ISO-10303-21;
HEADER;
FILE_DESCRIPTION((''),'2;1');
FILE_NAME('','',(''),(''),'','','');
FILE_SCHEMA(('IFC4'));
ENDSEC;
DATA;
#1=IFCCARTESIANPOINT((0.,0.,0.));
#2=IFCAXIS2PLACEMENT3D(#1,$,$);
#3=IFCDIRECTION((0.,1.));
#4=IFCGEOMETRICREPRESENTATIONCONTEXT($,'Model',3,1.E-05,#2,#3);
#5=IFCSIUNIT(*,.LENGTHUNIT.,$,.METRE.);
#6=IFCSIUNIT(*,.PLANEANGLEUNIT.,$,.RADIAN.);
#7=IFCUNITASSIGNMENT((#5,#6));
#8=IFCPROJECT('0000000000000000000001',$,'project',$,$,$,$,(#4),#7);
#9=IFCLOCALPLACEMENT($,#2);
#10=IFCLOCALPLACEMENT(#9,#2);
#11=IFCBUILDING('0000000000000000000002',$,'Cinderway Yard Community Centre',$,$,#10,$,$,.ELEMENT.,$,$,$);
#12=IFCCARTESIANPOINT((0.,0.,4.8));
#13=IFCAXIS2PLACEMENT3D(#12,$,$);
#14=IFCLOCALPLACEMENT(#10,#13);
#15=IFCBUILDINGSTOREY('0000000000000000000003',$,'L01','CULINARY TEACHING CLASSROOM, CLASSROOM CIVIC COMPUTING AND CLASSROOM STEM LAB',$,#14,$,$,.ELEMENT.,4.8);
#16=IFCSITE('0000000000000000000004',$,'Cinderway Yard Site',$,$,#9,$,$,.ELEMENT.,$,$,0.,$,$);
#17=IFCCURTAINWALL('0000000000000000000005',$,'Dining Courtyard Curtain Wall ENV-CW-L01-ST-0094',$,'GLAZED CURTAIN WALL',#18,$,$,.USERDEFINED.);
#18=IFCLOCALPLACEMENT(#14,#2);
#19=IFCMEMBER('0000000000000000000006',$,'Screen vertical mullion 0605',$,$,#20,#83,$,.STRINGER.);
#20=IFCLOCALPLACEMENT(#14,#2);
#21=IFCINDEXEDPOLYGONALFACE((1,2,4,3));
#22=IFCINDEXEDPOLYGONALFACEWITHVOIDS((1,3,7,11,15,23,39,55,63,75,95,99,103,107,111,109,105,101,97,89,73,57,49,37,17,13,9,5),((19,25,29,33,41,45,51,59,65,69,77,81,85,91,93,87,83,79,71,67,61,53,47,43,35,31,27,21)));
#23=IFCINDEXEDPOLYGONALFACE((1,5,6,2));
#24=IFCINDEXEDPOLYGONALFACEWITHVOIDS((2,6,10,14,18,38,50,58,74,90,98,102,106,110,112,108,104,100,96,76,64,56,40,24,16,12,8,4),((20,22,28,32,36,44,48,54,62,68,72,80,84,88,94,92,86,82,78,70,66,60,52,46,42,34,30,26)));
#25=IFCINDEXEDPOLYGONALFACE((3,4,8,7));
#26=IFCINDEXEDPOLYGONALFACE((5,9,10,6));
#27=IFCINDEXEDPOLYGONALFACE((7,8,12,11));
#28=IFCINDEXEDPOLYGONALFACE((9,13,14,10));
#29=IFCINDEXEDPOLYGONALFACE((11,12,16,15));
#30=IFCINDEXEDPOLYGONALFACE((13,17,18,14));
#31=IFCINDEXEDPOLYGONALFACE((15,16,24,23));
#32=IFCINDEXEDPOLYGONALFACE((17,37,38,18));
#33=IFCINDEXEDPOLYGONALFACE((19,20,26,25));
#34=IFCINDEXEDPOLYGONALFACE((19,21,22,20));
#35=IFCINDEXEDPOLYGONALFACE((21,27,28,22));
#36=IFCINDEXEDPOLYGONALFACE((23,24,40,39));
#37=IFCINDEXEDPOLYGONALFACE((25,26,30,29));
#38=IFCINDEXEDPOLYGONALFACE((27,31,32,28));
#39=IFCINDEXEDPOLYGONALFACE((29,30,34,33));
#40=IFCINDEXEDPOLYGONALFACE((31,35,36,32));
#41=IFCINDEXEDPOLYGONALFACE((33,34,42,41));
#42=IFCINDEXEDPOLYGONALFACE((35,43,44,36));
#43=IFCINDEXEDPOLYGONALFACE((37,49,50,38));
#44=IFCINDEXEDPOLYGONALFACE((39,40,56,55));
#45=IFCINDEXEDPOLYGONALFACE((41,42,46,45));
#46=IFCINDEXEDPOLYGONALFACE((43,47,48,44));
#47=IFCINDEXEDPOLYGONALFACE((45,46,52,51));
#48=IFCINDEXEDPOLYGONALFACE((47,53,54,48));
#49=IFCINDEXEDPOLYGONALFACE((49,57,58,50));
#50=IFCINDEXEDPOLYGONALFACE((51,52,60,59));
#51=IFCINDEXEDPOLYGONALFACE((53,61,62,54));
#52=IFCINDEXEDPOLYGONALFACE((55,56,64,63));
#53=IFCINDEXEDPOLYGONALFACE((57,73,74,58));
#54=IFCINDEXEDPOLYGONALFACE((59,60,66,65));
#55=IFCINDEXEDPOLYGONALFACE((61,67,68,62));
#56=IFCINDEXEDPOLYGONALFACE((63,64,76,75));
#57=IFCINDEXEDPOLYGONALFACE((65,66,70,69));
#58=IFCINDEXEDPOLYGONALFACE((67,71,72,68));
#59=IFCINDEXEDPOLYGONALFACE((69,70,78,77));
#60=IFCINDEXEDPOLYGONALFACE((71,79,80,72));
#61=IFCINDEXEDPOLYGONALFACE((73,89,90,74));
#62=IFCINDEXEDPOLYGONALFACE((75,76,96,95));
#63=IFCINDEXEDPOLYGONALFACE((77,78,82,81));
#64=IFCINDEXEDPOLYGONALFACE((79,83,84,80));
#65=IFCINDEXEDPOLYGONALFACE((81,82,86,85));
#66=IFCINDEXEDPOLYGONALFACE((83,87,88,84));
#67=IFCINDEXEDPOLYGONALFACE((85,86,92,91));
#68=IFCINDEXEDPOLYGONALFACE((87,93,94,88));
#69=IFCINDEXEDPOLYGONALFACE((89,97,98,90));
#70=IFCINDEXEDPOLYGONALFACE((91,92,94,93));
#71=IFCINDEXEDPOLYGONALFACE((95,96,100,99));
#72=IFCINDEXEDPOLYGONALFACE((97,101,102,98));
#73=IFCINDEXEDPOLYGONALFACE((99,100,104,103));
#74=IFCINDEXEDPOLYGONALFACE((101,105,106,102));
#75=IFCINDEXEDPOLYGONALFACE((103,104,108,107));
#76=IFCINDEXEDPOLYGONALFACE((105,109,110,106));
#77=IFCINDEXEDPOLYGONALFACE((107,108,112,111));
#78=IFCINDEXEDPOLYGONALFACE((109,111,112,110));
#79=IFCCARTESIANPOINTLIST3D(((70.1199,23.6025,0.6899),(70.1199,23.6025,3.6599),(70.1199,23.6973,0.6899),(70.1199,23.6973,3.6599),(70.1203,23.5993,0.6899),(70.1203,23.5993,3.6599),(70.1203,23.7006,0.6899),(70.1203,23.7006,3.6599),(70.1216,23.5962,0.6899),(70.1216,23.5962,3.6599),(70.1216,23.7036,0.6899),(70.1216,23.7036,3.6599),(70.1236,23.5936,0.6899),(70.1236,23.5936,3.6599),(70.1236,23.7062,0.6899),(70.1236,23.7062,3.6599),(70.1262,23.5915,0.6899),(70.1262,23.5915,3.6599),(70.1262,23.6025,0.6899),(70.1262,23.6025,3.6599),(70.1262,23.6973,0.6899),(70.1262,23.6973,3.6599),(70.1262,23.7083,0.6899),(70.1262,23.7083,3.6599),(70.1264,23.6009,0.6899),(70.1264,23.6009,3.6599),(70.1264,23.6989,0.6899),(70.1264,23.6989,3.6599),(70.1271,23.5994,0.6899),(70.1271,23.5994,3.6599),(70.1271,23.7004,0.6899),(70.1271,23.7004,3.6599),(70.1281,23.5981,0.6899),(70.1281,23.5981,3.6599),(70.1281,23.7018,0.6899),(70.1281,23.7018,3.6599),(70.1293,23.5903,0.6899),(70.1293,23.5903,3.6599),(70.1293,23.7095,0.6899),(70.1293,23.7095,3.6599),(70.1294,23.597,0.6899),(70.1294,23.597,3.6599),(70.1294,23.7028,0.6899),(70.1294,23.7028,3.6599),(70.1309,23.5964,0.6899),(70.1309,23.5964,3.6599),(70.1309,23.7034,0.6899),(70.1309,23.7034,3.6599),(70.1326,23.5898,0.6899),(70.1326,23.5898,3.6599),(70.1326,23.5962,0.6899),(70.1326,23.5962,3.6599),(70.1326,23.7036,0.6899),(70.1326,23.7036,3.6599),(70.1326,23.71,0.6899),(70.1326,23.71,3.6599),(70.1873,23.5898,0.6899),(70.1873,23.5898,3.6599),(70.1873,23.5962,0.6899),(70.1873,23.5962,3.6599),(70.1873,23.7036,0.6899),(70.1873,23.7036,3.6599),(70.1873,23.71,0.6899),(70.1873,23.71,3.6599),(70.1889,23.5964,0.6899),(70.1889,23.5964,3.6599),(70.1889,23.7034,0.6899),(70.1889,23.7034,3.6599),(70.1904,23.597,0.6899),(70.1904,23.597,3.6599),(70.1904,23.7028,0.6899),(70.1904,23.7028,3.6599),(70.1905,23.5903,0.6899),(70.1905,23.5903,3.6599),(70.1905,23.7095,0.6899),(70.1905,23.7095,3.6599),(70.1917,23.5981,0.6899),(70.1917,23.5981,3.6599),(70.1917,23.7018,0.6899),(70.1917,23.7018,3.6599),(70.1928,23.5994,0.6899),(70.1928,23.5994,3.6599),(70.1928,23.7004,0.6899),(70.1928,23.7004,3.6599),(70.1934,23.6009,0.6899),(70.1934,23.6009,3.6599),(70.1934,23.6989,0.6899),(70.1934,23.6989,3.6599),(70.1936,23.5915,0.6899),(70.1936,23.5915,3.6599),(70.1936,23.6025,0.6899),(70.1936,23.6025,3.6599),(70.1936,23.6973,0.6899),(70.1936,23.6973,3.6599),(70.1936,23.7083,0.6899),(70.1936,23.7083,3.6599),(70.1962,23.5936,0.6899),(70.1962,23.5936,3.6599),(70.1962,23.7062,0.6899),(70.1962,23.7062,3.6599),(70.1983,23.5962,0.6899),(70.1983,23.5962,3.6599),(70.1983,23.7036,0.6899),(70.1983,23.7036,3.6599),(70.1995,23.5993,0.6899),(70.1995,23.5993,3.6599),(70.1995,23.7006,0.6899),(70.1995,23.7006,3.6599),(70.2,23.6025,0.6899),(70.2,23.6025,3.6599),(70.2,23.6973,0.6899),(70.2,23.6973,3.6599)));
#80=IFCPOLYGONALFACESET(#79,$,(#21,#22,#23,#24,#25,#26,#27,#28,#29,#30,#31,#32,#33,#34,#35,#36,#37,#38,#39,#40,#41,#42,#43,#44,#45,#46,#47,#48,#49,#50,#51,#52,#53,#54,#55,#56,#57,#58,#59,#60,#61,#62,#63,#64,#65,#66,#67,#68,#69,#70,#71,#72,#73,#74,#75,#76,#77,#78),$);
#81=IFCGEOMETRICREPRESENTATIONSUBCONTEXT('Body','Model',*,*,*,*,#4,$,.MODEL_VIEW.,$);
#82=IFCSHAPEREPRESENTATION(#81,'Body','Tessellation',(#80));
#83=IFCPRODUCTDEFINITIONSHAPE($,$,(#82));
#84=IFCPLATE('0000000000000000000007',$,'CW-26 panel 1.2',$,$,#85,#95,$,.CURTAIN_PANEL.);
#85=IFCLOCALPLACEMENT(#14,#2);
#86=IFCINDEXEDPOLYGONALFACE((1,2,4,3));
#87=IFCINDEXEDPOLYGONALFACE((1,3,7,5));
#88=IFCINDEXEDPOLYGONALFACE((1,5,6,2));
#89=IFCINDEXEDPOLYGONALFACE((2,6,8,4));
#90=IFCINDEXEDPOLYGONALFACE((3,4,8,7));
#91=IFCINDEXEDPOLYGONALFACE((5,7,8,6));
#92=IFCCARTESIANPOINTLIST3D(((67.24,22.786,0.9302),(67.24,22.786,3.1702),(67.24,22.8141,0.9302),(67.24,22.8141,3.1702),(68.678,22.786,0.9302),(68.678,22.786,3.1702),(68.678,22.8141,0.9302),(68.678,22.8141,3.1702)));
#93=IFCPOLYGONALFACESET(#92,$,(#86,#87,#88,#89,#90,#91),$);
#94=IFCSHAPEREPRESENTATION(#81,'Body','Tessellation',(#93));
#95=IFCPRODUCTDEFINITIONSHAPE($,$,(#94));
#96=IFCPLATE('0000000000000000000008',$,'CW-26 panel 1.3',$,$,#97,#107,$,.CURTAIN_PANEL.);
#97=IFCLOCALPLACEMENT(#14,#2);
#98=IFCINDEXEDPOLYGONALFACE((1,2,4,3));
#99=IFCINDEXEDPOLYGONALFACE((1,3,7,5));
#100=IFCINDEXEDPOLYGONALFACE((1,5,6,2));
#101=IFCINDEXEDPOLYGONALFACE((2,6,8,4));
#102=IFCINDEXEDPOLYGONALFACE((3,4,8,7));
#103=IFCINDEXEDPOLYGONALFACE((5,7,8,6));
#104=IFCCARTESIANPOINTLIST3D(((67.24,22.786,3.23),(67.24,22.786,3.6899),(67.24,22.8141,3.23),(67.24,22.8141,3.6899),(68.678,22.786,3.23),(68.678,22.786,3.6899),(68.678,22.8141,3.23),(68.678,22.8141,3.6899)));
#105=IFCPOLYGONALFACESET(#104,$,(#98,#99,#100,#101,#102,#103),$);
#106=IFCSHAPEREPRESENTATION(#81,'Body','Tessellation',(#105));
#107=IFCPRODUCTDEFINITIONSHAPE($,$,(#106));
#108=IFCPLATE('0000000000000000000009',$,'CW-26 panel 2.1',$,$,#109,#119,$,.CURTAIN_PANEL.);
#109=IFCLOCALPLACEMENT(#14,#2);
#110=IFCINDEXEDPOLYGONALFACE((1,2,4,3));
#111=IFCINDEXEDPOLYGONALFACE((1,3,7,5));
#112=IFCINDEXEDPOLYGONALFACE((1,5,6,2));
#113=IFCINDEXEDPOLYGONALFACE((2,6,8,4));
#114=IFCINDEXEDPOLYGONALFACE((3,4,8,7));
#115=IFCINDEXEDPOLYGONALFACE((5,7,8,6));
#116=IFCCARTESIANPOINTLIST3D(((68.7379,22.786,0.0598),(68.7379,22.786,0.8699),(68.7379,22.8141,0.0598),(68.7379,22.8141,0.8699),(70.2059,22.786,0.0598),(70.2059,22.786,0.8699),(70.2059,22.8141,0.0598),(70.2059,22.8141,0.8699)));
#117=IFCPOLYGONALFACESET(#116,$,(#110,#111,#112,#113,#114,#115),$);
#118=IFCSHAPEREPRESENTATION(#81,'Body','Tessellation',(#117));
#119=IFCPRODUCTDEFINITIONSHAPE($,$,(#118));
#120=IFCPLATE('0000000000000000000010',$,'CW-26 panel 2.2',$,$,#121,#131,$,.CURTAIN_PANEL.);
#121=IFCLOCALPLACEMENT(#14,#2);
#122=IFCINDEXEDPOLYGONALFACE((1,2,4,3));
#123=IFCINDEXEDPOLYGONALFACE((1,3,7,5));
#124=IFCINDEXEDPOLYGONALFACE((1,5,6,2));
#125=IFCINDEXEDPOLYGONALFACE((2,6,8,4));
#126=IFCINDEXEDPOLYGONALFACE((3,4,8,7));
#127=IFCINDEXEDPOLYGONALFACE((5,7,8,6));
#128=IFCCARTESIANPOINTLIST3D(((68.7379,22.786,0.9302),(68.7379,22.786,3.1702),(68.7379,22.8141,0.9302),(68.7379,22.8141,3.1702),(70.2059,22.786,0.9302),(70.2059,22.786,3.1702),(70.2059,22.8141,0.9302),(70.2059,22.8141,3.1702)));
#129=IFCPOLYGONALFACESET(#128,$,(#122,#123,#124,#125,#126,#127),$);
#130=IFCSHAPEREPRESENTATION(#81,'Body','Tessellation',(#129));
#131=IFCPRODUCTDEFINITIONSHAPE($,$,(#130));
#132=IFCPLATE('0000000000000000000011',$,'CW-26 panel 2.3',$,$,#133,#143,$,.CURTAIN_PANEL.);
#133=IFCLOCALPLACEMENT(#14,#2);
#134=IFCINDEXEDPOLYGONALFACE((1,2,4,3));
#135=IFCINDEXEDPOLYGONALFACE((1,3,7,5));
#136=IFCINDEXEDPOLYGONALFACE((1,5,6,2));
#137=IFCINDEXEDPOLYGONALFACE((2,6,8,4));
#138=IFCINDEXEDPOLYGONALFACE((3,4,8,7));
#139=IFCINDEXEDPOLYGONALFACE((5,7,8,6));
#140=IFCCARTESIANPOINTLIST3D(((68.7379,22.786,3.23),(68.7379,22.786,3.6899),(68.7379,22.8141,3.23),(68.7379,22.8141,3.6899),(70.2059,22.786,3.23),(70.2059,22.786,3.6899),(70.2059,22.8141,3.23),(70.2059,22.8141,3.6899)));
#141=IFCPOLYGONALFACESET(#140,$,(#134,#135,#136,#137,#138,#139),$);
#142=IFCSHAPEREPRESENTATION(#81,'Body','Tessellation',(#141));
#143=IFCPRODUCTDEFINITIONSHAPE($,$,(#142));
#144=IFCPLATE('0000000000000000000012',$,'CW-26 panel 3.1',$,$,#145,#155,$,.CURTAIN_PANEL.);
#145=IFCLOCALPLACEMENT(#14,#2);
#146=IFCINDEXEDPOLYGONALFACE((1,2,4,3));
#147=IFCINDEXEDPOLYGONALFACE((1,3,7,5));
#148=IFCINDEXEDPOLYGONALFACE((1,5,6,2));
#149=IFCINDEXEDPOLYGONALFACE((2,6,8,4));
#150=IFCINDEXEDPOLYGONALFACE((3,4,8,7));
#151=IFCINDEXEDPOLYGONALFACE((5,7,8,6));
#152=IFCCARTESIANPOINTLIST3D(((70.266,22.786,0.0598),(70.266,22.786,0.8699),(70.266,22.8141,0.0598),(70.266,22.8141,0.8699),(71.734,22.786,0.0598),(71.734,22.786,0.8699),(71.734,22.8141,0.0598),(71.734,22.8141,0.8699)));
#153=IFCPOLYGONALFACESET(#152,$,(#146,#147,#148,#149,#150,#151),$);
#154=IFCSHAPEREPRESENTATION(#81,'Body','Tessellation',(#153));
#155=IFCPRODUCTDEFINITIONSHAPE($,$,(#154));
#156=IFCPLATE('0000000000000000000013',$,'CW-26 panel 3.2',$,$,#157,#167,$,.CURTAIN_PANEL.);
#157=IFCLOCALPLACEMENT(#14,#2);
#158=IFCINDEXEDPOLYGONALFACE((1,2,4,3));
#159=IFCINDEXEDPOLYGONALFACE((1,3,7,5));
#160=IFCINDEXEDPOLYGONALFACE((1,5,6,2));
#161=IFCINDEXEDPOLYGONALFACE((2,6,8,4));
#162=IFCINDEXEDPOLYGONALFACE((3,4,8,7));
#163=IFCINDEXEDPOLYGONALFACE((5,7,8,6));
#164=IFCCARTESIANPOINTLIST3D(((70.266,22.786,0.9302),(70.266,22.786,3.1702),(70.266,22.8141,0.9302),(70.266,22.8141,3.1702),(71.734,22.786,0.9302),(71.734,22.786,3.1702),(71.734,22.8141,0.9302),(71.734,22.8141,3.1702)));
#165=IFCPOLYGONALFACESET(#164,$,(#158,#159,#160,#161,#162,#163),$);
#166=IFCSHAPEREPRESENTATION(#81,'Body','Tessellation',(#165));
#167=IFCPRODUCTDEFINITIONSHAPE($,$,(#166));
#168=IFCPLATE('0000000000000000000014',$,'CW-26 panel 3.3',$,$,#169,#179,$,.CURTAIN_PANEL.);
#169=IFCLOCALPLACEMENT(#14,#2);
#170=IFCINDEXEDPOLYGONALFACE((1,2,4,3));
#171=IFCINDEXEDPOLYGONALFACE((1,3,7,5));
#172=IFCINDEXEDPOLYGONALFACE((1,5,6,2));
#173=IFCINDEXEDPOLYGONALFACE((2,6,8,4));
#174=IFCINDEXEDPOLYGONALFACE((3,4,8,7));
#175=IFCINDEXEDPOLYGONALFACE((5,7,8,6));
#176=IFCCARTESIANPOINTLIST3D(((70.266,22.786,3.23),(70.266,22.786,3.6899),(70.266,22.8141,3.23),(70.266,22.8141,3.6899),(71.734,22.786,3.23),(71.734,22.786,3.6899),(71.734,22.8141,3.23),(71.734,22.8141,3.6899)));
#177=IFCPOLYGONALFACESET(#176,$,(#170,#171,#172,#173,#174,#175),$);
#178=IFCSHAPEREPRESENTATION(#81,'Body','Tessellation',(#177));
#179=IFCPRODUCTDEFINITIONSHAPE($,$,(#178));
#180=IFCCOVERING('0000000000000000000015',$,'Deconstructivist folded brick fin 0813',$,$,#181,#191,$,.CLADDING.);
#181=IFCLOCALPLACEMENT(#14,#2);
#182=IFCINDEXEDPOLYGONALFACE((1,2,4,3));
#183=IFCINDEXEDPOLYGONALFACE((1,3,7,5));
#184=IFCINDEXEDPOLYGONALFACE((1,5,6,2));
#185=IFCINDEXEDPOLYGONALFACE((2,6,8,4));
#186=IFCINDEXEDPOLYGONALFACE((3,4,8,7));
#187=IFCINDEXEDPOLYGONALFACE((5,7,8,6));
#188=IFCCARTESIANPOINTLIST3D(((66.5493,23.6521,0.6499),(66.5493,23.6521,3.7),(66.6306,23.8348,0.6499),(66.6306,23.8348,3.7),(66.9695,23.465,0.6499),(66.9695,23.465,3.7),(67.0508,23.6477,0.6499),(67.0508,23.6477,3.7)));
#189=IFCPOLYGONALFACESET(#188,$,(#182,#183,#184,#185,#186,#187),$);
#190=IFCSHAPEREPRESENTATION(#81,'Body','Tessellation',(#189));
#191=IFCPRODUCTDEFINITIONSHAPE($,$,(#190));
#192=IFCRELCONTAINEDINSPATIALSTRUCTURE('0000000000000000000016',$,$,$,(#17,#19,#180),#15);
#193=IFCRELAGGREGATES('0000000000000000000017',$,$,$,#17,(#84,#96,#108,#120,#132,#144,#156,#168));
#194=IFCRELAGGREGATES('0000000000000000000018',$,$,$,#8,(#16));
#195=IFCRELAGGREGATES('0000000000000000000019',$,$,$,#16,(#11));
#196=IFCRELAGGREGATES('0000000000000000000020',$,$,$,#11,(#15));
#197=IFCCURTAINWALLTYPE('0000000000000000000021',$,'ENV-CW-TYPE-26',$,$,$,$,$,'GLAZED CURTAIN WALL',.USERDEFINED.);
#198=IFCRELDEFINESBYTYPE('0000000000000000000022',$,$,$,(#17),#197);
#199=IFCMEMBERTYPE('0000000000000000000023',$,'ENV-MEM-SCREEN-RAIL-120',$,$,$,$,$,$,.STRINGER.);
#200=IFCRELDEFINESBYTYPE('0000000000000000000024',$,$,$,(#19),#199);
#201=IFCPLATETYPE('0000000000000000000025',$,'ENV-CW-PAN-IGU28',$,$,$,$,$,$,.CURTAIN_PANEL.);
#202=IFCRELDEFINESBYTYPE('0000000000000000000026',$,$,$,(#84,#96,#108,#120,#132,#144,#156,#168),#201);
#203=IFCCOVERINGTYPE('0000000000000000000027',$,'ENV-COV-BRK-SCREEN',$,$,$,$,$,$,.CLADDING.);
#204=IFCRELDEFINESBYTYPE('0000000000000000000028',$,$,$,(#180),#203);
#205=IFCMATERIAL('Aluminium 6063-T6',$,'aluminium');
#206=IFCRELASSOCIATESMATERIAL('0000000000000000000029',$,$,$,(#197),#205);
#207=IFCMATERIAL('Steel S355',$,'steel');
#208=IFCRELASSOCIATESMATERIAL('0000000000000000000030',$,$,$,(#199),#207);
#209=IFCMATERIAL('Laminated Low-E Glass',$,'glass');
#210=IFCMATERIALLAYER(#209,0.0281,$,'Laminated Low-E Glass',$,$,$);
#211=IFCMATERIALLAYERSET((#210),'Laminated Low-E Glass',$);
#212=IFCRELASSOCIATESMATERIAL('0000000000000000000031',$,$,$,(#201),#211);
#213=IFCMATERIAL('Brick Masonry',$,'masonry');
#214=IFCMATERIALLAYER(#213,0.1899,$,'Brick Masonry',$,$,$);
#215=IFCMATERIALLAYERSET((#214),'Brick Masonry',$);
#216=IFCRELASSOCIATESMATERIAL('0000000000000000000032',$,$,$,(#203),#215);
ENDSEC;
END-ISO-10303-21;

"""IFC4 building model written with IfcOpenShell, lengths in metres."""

from ifc_helpers import new_model, si_unit, direction, frame, origin, origin_2d, place, context, subcontext, project, spatial, rectangle, hollow_rectangle, extrude, material, layer, layer_set, material_profile, profile_set, type_object, element, aggregate, save


model = new_model("IFC4")

# Units and contexts
model_context = context("Model", 3, precision=1e-05, world=origin(), true_north=direction((0.0, 1.0)))
body_context = subcontext(model_context, "Body", "Model", "MODEL_VIEW")
ifc_project = project(units=[si_unit("LENGTHUNIT", "METRE"), si_unit("PLANEANGLEUNIT", "RADIAN")], contexts=[model_context])

# Site, building, storey
site_placement = place(None, origin())
site = spatial("IfcSite", under=ifc_project, at=site_placement, Name="Cinderway Yard Site", CompositionType="ELEMENT", RefElevation=0.0)
building_placement = place(site_placement, origin())
building = spatial("IfcBuilding", under=site, at=building_placement, Name="Cinderway Yard Community Centre", CompositionType="ELEMENT")
storey_placement = place(building_placement, frame((0.0, 0.0, 4.8)))
storey = spatial("IfcBuildingStorey", under=building, at=storey_placement, Name="L01", Description="CULINARY TEACHING CLASSROOM, CLASSROOM CIVIC COMPUTING AND CLASSROOM STEM LAB", CompositionType="ELEMENT", Elevation=4.8)

# Curtain wall
ifc_material_1 = material(Name="Aluminium 6063-T6", Category="aluminium")
curtain_wall_type = type_object("IfcCurtainWallType", Name="ENV-CW-TYPE-26", ElementType="GLAZED CURTAIN WALL", PredefinedType="USERDEFINED", material=ifc_material_1)
curtain_wall_placement = place(storey_placement, origin())
curtain_wall = element("IfcCurtainWall", 1, at=curtain_wall_placement, inside=storey, type_object=curtain_wall_type, Name="Dining Courtyard Curtain Wall ENV-CW-L01-ST-0094", ObjectType="GLAZED CURTAIN WALL", PredefinedType="USERDEFINED")

# Member
ifc_material_2 = material(Name="Steel S355", Category="steel")
ifc_material_profile_1 = material_profile(ifc_material_2, hollow_rectangle(XDim=0.0801, YDim=0.1201, WallThickness=0.0063, InnerFilletRadius=0.0063, OuterFilletRadius=0.0127, at=origin_2d()), Name="Steel S355")
ifc_profile_set_1 = profile_set([ifc_material_profile_1], Name="Steel S355")
member_type_1 = type_object("IfcMemberType", Name="ENV-MEM-SCREEN-RAIL-120", PredefinedType="STRINGER", material=ifc_profile_set_1)
for number, where, z_axis, x_axis, name in (
    (2, (70.1599, 23.6499, 0.6899), (0.0, 0.0, 1.0), (1.0, 0.0, 0.0), "Screen vertical mullion 0605"),
):
    element("IfcMember", number, at=place(storey_placement, frame(where, z_axis=z_axis, x_axis=x_axis)), inside=storey, type_object=member_type_1, Name=name, PredefinedType="STRINGER", context=body_context, shape_type="SweptSolid", body=[
        extrude(hollow_rectangle(XDim=0.0801, YDim=0.1201, WallThickness=0.0063, InnerFilletRadius=0.0063, OuterFilletRadius=0.0127, at=origin_2d()), origin(), (0.0, 0.0, 1.0), 2.97),
    ])

# Plates
ifc_material_3 = material(Name="Laminated Low-E Glass", Category="glass")
ifc_layer_1 = layer(ifc_material_3, 0.0281, Name="Laminated Low-E Glass")
ifc_layer_set_1 = layer_set([ifc_layer_1], Name="Laminated Low-E Glass")
plate_type = type_object("IfcPlateType", Name="ENV-CW-PAN-IGU28", PredefinedType="CURTAIN_PANEL", material=ifc_layer_set_1)
plate_1_placement = place(storey_placement, frame((67.959, 22.8, 0.9302), z_axis=(0.0, 0.0, 1.0), x_axis=(1.0, 0.0, 0.0)))
plate_1 = element("IfcPlate", 3, at=plate_1_placement, type_object=plate_type, Name="CW-26 panel 1.2", PredefinedType="CURTAIN_PANEL", context=body_context, shape_type="SweptSolid", body=[
    extrude(rectangle(XDim=1.438, YDim=0.0281, at=origin_2d()), origin(), (0.0, 0.0, 1.0), 2.24),
])
plate_2_placement = place(storey_placement, frame((67.959, 22.8, 3.23), z_axis=(0.0, 0.0, 1.0), x_axis=(1.0, 0.0, 0.0)))
plate_2 = element("IfcPlate", 4, at=plate_2_placement, type_object=plate_type, Name="CW-26 panel 1.3", PredefinedType="CURTAIN_PANEL", context=body_context, shape_type="SweptSolid", body=[
    extrude(rectangle(XDim=1.438, YDim=0.0281, at=origin_2d()), origin(), (0.0, 0.0, 1.0), 0.46),
])
plate_3_placement = place(storey_placement, frame((69.4719, 22.8, 0.0598), z_axis=(0.0, 0.0, 1.0), x_axis=(1.0, 0.0, 0.0)))
plate_3 = element("IfcPlate", 5, at=plate_3_placement, type_object=plate_type, Name="CW-26 panel 2.1", PredefinedType="CURTAIN_PANEL", context=body_context, shape_type="SweptSolid", body=[
    extrude(rectangle(XDim=1.468, YDim=0.0281, at=origin_2d()), origin(), (0.0, 0.0, 1.0), 0.8101),
])
plate_4_placement = place(storey_placement, frame((69.4719, 22.8, 0.9302), z_axis=(0.0, 0.0, 1.0), x_axis=(1.0, 0.0, 0.0)))
plate_4 = element("IfcPlate", 6, at=plate_4_placement, type_object=plate_type, Name="CW-26 panel 2.2", PredefinedType="CURTAIN_PANEL", context=body_context, shape_type="SweptSolid", body=[
    extrude(rectangle(XDim=1.468, YDim=0.0281, at=origin_2d()), origin(), (0.0, 0.0, 1.0), 2.24),
])
plate_5_placement = place(storey_placement, frame((69.4719, 22.8, 3.23), z_axis=(0.0, 0.0, 1.0), x_axis=(1.0, 0.0, 0.0)))
plate_5 = element("IfcPlate", 7, at=plate_5_placement, type_object=plate_type, Name="CW-26 panel 2.3", PredefinedType="CURTAIN_PANEL", context=body_context, shape_type="SweptSolid", body=[
    extrude(rectangle(XDim=1.468, YDim=0.0281, at=origin_2d()), origin(), (0.0, 0.0, 1.0), 0.46),
])
plate_6_placement = place(storey_placement, frame((71.0, 22.8, 0.0598), z_axis=(0.0, 0.0, 1.0), x_axis=(1.0, 0.0, 0.0)))
plate_6 = element("IfcPlate", 8, at=plate_6_placement, type_object=plate_type, Name="CW-26 panel 3.1", PredefinedType="CURTAIN_PANEL", context=body_context, shape_type="SweptSolid", body=[
    extrude(rectangle(XDim=1.468, YDim=0.0281, at=origin_2d()), origin(), (0.0, 0.0, 1.0), 0.8101),
])
plate_7_placement = place(storey_placement, frame((71.0, 22.8, 0.9302), z_axis=(0.0, 0.0, 1.0), x_axis=(1.0, 0.0, 0.0)))
plate_7 = element("IfcPlate", 9, at=plate_7_placement, type_object=plate_type, Name="CW-26 panel 3.2", PredefinedType="CURTAIN_PANEL", context=body_context, shape_type="SweptSolid", body=[
    extrude(rectangle(XDim=1.468, YDim=0.0281, at=origin_2d()), origin(), (0.0, 0.0, 1.0), 2.24),
])
plate_8_placement = place(storey_placement, frame((71.0, 22.8, 3.23), z_axis=(0.0, 0.0, 1.0), x_axis=(1.0, 0.0, 0.0)))
plate_8 = element("IfcPlate", 10, at=plate_8_placement, type_object=plate_type, Name="CW-26 panel 3.3", PredefinedType="CURTAIN_PANEL", context=body_context, shape_type="SweptSolid", body=[
    extrude(rectangle(XDim=1.468, YDim=0.0281, at=origin_2d()), origin(), (0.0, 0.0, 1.0), 0.46),
])
aggregate(curtain_wall, [plate_1, plate_2, plate_3, plate_4, plate_5, plate_6, plate_7, plate_8])

# Covering
ifc_material_4 = material(Name="Brick Masonry", Category="masonry")
ifc_layer_2 = layer(ifc_material_4, 0.1899, Name="Brick Masonry")
ifc_layer_set_2 = layer_set([ifc_layer_2], Name="Brick Masonry")
covering_type = type_object("IfcCoveringType", Name="ENV-COV-BRK-SCREEN", PredefinedType="CLADDING", material=ifc_layer_set_2)
covering_placement = place(storey_placement, frame((66.8, 23.6499, 0.6499), z_axis=(0.0, 0.0, 1.0), x_axis=(0.913545, -0.406737, 0.0)))
element("IfcCovering", 11, at=covering_placement, inside=storey, type_object=covering_type, Name="Deconstructivist folded brick fin 0813", PredefinedType="CLADDING", context=body_context, shape_type="SweptSolid", body=[
    extrude(rectangle(XDim=0.46, YDim=0.2, at=origin_2d()), origin(), (0.0, 0.0, 1.0), 3.05),
])

save(model, "model.ifc")
